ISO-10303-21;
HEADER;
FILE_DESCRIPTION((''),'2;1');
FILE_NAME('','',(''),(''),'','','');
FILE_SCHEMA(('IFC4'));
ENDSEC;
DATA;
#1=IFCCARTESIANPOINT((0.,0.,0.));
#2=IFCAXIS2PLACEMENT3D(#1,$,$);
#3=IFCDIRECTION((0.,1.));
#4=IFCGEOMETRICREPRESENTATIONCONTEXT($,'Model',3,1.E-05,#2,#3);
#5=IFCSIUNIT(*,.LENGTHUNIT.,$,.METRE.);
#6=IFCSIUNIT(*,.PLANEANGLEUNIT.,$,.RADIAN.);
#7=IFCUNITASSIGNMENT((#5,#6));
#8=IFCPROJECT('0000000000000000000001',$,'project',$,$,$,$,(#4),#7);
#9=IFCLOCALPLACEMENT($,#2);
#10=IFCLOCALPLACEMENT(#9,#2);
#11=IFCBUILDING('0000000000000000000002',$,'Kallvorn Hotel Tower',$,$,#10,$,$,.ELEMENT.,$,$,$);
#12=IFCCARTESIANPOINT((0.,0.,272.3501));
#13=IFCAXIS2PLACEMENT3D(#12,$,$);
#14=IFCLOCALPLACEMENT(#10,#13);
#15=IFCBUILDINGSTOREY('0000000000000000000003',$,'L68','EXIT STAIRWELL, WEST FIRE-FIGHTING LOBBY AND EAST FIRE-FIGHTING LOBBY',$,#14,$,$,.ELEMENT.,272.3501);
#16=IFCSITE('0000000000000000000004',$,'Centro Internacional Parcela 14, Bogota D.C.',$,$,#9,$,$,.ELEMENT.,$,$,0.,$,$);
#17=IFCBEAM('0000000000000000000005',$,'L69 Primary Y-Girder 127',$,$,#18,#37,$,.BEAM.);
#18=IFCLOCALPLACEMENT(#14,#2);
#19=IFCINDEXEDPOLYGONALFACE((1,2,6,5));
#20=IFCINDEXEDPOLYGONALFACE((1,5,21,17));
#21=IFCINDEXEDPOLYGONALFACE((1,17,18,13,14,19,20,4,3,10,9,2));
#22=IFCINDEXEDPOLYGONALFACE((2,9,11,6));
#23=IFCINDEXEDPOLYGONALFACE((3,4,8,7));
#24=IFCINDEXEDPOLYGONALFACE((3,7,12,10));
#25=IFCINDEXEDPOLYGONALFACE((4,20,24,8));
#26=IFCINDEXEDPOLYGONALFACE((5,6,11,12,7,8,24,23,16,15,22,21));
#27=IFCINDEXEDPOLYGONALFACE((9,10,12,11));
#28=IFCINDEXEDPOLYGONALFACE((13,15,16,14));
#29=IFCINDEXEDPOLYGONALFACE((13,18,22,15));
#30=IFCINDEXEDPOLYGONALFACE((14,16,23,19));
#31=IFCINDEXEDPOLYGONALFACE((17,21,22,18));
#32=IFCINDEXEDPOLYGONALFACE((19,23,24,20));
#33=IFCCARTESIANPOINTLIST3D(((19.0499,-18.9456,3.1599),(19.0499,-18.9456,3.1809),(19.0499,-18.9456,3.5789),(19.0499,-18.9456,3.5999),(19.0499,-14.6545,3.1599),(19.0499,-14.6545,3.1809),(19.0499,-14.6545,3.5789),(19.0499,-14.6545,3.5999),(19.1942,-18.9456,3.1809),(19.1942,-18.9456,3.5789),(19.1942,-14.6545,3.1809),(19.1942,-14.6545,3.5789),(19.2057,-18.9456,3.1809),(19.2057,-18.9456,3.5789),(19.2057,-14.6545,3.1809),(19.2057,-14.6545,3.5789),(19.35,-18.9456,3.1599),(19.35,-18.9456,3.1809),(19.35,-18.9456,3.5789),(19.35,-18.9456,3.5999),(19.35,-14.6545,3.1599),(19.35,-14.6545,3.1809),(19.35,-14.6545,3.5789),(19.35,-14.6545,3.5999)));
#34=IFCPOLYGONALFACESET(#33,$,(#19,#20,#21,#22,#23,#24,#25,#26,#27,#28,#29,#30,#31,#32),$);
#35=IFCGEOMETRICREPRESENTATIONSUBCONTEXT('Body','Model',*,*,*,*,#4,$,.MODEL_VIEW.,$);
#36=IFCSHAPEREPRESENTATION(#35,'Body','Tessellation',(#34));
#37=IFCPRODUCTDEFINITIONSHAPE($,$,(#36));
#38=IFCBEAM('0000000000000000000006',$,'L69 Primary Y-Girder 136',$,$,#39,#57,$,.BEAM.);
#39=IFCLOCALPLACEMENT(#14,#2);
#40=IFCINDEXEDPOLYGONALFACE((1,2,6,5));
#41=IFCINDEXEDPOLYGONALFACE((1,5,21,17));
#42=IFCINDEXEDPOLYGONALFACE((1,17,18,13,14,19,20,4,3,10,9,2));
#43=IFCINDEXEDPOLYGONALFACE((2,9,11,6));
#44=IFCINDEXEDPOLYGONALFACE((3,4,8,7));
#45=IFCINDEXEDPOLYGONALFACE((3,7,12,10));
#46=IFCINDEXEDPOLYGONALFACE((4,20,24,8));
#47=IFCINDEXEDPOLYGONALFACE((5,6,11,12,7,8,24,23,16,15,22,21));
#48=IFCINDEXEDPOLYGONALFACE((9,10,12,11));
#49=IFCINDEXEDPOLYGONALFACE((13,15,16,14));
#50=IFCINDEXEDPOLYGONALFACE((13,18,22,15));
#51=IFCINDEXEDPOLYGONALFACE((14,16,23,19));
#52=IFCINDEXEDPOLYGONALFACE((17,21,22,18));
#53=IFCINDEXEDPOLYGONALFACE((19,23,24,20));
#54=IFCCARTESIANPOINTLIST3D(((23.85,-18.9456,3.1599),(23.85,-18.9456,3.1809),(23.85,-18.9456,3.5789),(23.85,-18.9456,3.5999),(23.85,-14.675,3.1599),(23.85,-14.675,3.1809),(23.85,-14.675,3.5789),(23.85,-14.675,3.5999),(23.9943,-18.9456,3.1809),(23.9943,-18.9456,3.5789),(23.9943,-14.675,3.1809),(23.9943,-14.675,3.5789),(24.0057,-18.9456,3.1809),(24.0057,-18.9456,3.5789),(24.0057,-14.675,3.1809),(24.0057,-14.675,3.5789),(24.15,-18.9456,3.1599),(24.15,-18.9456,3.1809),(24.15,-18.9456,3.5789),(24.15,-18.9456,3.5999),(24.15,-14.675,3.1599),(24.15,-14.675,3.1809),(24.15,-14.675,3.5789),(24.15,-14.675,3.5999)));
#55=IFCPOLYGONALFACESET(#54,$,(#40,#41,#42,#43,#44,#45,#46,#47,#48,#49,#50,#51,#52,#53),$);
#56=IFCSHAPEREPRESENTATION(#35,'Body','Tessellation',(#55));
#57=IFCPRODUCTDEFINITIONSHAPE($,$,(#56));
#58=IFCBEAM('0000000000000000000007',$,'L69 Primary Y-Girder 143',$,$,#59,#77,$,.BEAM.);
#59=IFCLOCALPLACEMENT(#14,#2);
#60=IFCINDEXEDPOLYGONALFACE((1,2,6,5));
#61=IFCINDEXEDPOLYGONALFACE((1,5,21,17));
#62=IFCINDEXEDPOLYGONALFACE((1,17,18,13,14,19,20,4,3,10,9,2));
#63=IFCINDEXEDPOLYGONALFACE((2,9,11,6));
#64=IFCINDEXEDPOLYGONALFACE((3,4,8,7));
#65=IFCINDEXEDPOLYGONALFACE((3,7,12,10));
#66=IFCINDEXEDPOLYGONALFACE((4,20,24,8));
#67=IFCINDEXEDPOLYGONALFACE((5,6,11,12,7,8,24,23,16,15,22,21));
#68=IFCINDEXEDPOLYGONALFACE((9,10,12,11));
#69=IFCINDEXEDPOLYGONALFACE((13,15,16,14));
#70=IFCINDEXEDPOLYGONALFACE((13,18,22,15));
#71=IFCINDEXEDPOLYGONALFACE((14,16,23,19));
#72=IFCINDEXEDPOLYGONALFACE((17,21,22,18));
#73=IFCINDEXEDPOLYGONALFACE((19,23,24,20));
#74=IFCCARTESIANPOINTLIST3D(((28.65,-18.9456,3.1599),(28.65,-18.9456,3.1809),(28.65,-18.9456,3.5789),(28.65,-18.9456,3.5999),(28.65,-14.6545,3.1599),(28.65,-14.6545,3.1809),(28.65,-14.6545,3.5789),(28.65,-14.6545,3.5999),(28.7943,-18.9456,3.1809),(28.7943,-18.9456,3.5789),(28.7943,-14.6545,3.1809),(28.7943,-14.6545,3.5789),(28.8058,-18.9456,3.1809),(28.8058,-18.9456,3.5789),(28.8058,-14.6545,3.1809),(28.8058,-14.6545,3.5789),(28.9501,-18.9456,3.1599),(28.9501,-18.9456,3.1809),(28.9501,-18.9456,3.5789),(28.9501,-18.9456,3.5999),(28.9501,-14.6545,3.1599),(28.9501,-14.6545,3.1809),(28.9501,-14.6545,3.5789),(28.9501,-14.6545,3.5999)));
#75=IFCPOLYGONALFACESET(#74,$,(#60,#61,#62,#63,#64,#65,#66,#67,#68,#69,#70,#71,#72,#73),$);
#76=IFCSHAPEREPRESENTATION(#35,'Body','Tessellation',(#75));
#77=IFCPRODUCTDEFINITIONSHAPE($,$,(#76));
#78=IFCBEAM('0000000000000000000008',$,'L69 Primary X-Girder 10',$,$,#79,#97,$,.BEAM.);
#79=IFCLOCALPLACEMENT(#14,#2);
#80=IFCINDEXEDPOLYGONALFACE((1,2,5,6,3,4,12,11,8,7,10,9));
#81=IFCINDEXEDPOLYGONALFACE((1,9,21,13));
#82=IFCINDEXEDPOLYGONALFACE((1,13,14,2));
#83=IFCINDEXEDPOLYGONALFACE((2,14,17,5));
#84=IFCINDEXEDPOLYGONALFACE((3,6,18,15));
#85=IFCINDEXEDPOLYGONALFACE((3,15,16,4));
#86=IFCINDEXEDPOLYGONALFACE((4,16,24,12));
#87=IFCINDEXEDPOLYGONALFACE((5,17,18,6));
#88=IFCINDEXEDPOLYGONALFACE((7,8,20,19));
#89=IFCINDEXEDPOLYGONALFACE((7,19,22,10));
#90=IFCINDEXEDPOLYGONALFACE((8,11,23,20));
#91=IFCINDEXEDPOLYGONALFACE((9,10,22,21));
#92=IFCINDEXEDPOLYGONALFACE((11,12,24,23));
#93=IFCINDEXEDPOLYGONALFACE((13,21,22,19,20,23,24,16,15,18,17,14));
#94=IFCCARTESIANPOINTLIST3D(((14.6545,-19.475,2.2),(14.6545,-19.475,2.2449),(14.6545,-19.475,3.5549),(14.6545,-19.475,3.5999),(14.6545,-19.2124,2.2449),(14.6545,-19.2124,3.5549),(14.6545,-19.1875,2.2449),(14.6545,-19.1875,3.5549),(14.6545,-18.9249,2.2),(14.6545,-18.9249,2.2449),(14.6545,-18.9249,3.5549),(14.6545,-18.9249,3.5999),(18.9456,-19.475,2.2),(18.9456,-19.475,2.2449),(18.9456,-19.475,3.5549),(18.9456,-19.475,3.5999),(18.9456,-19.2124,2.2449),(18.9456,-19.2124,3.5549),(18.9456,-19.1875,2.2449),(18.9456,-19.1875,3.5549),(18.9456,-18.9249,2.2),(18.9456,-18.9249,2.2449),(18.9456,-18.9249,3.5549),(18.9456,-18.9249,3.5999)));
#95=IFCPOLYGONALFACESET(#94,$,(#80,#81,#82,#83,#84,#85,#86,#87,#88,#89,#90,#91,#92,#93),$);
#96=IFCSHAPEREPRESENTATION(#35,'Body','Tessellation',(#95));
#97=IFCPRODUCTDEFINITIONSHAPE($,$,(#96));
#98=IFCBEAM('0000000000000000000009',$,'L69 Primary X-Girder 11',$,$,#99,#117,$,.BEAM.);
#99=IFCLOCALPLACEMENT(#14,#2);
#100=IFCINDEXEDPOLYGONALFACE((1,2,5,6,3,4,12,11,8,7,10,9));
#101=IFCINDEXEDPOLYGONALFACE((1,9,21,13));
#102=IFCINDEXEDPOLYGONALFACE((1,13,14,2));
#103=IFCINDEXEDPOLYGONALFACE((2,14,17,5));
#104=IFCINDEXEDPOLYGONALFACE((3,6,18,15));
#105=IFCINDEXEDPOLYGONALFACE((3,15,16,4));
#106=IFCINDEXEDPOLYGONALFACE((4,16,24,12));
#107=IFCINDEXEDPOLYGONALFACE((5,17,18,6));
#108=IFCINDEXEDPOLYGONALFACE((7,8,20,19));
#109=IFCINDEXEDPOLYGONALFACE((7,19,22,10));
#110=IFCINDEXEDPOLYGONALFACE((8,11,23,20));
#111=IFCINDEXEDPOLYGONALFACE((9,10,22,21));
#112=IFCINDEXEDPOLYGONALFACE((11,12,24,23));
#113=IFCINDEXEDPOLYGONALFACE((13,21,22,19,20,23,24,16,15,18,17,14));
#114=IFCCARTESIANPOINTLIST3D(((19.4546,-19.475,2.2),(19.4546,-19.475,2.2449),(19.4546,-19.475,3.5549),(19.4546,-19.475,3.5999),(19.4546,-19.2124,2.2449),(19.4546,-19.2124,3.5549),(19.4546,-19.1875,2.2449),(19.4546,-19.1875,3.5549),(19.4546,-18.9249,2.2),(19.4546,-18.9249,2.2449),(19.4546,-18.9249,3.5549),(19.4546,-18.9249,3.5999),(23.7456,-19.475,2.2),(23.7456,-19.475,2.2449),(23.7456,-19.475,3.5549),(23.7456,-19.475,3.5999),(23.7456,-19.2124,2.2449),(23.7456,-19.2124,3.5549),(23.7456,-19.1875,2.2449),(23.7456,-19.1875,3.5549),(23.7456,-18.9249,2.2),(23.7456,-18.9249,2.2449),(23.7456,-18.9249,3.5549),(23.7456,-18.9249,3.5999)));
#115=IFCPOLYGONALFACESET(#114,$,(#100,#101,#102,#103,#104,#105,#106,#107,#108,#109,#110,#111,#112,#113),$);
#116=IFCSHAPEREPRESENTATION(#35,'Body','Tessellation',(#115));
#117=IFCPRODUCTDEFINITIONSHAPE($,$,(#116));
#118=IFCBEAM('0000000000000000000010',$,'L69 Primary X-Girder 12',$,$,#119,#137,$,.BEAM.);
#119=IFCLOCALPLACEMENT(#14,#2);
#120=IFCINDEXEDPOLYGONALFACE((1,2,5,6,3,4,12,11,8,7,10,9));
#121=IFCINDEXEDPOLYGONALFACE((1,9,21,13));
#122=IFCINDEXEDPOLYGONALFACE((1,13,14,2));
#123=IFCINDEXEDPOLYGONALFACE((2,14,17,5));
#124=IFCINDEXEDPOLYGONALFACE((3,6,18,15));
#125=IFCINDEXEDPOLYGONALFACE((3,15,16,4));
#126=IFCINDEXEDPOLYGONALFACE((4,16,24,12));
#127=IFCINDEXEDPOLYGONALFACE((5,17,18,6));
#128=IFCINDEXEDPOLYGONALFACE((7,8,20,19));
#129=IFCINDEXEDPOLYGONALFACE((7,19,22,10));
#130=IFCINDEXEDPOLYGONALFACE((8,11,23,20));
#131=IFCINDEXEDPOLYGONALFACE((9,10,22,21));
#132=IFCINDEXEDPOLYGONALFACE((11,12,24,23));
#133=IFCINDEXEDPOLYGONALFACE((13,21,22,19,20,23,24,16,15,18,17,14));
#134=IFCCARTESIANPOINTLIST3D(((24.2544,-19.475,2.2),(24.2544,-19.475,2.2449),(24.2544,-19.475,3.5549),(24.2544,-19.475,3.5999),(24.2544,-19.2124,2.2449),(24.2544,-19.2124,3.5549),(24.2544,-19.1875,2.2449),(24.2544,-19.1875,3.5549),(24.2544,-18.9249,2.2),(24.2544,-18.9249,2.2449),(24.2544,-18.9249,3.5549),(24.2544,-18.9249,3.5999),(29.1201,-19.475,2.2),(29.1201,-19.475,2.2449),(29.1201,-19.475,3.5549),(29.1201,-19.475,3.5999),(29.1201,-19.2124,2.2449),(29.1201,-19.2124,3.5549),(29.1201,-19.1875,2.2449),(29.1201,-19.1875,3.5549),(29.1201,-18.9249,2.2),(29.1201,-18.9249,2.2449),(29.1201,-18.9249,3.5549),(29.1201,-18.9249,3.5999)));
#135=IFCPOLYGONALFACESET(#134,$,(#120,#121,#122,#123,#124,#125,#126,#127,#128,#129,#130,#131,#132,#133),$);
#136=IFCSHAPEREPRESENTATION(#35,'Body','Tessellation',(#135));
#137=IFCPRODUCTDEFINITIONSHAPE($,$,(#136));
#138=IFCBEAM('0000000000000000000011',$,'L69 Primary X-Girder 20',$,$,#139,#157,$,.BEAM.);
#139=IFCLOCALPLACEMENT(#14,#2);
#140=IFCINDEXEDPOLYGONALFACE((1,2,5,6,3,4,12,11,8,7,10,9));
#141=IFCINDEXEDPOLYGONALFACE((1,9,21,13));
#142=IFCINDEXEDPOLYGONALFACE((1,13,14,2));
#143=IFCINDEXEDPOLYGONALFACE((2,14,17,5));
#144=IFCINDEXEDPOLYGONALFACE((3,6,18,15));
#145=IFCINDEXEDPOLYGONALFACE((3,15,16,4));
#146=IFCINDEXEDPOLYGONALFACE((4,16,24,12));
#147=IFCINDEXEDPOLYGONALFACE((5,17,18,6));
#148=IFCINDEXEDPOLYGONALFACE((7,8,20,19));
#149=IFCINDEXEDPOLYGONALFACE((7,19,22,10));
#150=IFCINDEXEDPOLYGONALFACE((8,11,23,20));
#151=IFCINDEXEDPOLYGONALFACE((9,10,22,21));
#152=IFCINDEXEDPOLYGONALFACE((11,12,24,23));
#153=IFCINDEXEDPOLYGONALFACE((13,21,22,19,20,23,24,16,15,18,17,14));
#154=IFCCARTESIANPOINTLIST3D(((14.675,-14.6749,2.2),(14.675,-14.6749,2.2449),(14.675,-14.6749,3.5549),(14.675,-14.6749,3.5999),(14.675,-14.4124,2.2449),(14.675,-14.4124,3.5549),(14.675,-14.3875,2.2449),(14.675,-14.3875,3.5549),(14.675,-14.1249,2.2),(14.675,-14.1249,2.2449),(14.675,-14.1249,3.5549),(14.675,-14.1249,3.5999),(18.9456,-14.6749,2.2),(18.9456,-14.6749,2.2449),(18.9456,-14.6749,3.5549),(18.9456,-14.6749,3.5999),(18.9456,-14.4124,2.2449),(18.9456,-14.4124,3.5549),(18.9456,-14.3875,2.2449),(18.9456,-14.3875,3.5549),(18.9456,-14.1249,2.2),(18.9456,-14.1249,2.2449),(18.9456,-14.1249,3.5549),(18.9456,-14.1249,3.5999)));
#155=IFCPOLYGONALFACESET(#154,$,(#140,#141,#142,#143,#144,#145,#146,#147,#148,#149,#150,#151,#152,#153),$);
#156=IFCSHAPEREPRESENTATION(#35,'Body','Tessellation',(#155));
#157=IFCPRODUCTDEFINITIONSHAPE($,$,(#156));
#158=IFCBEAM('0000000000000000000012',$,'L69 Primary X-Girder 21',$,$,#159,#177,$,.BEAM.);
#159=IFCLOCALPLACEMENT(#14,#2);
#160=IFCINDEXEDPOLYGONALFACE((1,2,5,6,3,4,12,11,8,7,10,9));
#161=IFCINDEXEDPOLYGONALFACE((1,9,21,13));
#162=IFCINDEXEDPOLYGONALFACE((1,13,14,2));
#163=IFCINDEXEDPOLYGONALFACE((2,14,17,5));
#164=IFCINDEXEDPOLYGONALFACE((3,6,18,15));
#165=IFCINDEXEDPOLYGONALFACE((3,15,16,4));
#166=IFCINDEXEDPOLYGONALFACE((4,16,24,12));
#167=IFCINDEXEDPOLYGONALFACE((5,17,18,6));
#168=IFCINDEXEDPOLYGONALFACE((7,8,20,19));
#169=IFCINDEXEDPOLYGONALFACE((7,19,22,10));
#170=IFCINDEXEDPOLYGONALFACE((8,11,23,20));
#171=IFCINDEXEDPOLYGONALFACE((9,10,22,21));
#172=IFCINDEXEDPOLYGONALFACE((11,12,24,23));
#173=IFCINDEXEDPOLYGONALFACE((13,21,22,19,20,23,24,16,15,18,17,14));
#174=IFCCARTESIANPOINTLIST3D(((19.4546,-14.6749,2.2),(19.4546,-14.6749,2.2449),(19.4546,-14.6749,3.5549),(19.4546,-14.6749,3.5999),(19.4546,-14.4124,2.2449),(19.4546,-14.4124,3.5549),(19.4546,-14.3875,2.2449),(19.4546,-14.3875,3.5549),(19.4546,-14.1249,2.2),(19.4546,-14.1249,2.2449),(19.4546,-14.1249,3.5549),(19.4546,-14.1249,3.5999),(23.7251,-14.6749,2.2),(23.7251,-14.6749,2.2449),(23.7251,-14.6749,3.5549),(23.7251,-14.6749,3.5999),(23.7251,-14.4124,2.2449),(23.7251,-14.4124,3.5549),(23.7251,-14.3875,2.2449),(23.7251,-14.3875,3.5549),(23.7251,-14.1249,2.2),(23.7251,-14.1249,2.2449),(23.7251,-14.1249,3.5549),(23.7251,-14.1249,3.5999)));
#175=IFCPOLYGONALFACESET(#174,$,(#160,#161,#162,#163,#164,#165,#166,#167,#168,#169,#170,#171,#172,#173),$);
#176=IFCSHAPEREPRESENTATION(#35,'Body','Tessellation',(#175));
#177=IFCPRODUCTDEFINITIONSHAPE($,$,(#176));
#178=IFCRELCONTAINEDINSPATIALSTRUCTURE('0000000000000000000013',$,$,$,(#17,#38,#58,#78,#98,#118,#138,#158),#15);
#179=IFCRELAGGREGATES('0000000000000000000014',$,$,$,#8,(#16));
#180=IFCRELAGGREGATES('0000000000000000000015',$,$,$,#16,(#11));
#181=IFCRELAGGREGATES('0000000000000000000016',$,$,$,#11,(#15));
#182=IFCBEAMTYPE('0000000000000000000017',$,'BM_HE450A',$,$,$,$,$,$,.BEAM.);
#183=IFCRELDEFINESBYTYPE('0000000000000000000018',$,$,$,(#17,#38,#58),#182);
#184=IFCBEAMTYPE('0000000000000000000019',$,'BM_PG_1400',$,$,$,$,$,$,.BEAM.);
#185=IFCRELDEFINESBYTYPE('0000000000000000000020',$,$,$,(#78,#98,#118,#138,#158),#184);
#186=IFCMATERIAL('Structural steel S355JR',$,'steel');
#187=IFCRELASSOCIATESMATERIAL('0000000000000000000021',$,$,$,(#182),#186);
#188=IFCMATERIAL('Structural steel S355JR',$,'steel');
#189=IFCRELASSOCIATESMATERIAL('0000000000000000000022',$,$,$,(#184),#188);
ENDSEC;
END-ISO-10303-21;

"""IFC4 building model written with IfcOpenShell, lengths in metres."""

from ifc_helpers import new_model, si_unit, direction, frame, origin, origin_2d, place, context, subcontext, project, spatial, i_section, extrude, material, material_profile, profile_set, type_object, element, save


model = new_model("IFC4")

# Units and contexts
model_context = context("Model", 3, precision=1e-05, world=origin(), true_north=direction((0.0, 1.0)))
body_context = subcontext(model_context, "Body", "Model", "MODEL_VIEW")
ifc_project = project(units=[si_unit("LENGTHUNIT", "METRE"), si_unit("PLANEANGLEUNIT", "RADIAN")], contexts=[model_context])

# Site, building, storey
site_placement = place(None, origin())
site = spatial("IfcSite", under=ifc_project, at=site_placement, Name="Centro Internacional Parcela 14, Bogota D.C.", CompositionType="ELEMENT", RefElevation=0.0)
building_placement = place(site_placement, origin())
building = spatial("IfcBuilding", under=site, at=building_placement, Name="Kallvorn Hotel Tower", CompositionType="ELEMENT")
storey_placement = place(building_placement, frame((0.0, 0.0, 272.3501)))
storey = spatial("IfcBuildingStorey", under=building, at=storey_placement, Name="L68", Description="EXIT STAIRWELL, WEST FIRE-FIGHTING LOBBY AND EAST FIRE-FIGHTING LOBBY", CompositionType="ELEMENT", Elevation=272.3501)

# Beams
ifc_material_1 = material(Name="Structural steel S355JR", Category="steel")
ifc_material_profile_1 = material_profile(ifc_material_1, i_section(OverallWidth=0.3, OverallDepth=0.4399, WebThickness=0.0115, FlangeThickness=0.021, at=origin_2d()), Name="HE 450 A")
ifc_profile_set_1 = profile_set([ifc_material_profile_1], Name="Structural steel S355JR")
beam_type_1 = type_object("IfcBeamType", Name="BM_HE450A", PredefinedType="BEAM", material=ifc_profile_set_1)
beam_1_placement = place(storey_placement, frame((19.2, -18.9456, 3.3799), z_axis=(0.0, 1.0, 0.0), x_axis=(-1.0, 0.0, 0.0)))
element("IfcBeam", 1, at=beam_1_placement, inside=storey, type_object=beam_type_1, Name="L69 Primary Y-Girder 127", PredefinedType="BEAM", context=body_context, shape_type="SweptSolid", body=[
    extrude(i_section(OverallWidth=0.3, OverallDepth=0.4399, WebThickness=0.0115, FlangeThickness=0.021, at=origin_2d()), origin(), (0.0, 0.0, 1.0), 4.291),
])
beam_2_placement = place(storey_placement, frame((24.0, -18.9456, 3.3799), z_axis=(0.0, 1.0, 0.0), x_axis=(-1.0, 0.0, 0.0)))
element("IfcBeam", 2, at=beam_2_placement, inside=storey, type_object=beam_type_1, Name="L69 Primary Y-Girder 136", PredefinedType="BEAM", context=body_context, shape_type="SweptSolid", body=[
    extrude(i_section(OverallWidth=0.3, OverallDepth=0.4399, WebThickness=0.0115, FlangeThickness=0.021, at=origin_2d()), origin(), (0.0, 0.0, 1.0), 4.2705),
])
beam_3_placement = place(storey_placement, frame((28.8, -18.9456, 3.3799), z_axis=(0.0, 1.0, 0.0), x_axis=(-1.0, 0.0, 0.0)))
element("IfcBeam", 3, at=beam_3_placement, inside=storey, type_object=beam_type_1, Name="L69 Primary Y-Girder 143", PredefinedType="BEAM", context=body_context, shape_type="SweptSolid", body=[
    extrude(i_section(OverallWidth=0.3, OverallDepth=0.4399, WebThickness=0.0115, FlangeThickness=0.021, at=origin_2d()), origin(), (0.0, 0.0, 1.0), 4.291),
])
ifc_material_2 = material(Name="Structural steel S355JR", Category="steel")
ifc_material_profile_2 = material_profile(ifc_material_2, i_section(OverallWidth=0.55, OverallDepth=1.3999, WebThickness=0.0249, FlangeThickness=0.0449, at=origin_2d()), Name="PG 1400x550x25x45")
ifc_profile_set_2 = profile_set([ifc_material_profile_2], Name="Structural steel S355JR")
beam_type_2 = type_object("IfcBeamType", Name="BM_PG_1400", PredefinedType="BEAM", material=ifc_profile_set_2)
for number, where, z_axis, x_axis, name in (
    (4, (14.6545, -19.2, 2.8999), (1.0, 0.0, 0.0), (0.0, 1.0, 0.0), "L69 Primary X-Girder 10"),
    (5, (19.4546, -19.2, 2.8999), (1.0, 0.0, 0.0), (0.0, 1.0, 0.0), "L69 Primary X-Girder 11"),
):
    element("IfcBeam", number, at=place(storey_placement, frame(where, z_axis=z_axis, x_axis=x_axis)), inside=storey, type_object=beam_type_2, Name=name, PredefinedType="BEAM", context=body_context, shape_type="SweptSolid", body=[
        extrude(i_section(OverallWidth=0.55, OverallDepth=1.3999, WebThickness=0.0249, FlangeThickness=0.0449, at=origin_2d()), origin(), (0.0, 0.0, 1.0), 4.291),
    ])
beam_4_placement = place(storey_placement, frame((24.2544, -19.2, 2.8999), z_axis=(1.0, 0.0, 0.0), x_axis=(0.0, 1.0, 0.0)))
element("IfcBeam", 6, at=beam_4_placement, inside=storey, type_object=beam_type_2, Name="L69 Primary X-Girder 12", PredefinedType="BEAM", context=body_context, shape_type="SweptSolid", body=[
    extrude(i_section(OverallWidth=0.55, OverallDepth=1.3999, WebThickness=0.0249, FlangeThickness=0.0449, at=origin_2d()), origin(), (0.0, 0.0, 1.0), 4.8657),
])
for number, where, z_axis, x_axis, name in (
    (7, (14.675, -14.3999, 2.8999), (1.0, 0.0, 0.0), (0.0, 1.0, 0.0), "L69 Primary X-Girder 20"),
    (8, (19.4546, -14.3999, 2.8999), (1.0, 0.0, 0.0), (0.0, 1.0, 0.0), "L69 Primary X-Girder 21"),
):
    element("IfcBeam", number, at=place(storey_placement, frame(where, z_axis=z_axis, x_axis=x_axis)), inside=storey, type_object=beam_type_2, Name=name, PredefinedType="BEAM", context=body_context, shape_type="SweptSolid", body=[
        extrude(i_section(OverallWidth=0.55, OverallDepth=1.3999, WebThickness=0.0249, FlangeThickness=0.0449, at=origin_2d()), origin(), (0.0, 0.0, 1.0), 4.2705),
    ])

save(model, "model.ifc")
